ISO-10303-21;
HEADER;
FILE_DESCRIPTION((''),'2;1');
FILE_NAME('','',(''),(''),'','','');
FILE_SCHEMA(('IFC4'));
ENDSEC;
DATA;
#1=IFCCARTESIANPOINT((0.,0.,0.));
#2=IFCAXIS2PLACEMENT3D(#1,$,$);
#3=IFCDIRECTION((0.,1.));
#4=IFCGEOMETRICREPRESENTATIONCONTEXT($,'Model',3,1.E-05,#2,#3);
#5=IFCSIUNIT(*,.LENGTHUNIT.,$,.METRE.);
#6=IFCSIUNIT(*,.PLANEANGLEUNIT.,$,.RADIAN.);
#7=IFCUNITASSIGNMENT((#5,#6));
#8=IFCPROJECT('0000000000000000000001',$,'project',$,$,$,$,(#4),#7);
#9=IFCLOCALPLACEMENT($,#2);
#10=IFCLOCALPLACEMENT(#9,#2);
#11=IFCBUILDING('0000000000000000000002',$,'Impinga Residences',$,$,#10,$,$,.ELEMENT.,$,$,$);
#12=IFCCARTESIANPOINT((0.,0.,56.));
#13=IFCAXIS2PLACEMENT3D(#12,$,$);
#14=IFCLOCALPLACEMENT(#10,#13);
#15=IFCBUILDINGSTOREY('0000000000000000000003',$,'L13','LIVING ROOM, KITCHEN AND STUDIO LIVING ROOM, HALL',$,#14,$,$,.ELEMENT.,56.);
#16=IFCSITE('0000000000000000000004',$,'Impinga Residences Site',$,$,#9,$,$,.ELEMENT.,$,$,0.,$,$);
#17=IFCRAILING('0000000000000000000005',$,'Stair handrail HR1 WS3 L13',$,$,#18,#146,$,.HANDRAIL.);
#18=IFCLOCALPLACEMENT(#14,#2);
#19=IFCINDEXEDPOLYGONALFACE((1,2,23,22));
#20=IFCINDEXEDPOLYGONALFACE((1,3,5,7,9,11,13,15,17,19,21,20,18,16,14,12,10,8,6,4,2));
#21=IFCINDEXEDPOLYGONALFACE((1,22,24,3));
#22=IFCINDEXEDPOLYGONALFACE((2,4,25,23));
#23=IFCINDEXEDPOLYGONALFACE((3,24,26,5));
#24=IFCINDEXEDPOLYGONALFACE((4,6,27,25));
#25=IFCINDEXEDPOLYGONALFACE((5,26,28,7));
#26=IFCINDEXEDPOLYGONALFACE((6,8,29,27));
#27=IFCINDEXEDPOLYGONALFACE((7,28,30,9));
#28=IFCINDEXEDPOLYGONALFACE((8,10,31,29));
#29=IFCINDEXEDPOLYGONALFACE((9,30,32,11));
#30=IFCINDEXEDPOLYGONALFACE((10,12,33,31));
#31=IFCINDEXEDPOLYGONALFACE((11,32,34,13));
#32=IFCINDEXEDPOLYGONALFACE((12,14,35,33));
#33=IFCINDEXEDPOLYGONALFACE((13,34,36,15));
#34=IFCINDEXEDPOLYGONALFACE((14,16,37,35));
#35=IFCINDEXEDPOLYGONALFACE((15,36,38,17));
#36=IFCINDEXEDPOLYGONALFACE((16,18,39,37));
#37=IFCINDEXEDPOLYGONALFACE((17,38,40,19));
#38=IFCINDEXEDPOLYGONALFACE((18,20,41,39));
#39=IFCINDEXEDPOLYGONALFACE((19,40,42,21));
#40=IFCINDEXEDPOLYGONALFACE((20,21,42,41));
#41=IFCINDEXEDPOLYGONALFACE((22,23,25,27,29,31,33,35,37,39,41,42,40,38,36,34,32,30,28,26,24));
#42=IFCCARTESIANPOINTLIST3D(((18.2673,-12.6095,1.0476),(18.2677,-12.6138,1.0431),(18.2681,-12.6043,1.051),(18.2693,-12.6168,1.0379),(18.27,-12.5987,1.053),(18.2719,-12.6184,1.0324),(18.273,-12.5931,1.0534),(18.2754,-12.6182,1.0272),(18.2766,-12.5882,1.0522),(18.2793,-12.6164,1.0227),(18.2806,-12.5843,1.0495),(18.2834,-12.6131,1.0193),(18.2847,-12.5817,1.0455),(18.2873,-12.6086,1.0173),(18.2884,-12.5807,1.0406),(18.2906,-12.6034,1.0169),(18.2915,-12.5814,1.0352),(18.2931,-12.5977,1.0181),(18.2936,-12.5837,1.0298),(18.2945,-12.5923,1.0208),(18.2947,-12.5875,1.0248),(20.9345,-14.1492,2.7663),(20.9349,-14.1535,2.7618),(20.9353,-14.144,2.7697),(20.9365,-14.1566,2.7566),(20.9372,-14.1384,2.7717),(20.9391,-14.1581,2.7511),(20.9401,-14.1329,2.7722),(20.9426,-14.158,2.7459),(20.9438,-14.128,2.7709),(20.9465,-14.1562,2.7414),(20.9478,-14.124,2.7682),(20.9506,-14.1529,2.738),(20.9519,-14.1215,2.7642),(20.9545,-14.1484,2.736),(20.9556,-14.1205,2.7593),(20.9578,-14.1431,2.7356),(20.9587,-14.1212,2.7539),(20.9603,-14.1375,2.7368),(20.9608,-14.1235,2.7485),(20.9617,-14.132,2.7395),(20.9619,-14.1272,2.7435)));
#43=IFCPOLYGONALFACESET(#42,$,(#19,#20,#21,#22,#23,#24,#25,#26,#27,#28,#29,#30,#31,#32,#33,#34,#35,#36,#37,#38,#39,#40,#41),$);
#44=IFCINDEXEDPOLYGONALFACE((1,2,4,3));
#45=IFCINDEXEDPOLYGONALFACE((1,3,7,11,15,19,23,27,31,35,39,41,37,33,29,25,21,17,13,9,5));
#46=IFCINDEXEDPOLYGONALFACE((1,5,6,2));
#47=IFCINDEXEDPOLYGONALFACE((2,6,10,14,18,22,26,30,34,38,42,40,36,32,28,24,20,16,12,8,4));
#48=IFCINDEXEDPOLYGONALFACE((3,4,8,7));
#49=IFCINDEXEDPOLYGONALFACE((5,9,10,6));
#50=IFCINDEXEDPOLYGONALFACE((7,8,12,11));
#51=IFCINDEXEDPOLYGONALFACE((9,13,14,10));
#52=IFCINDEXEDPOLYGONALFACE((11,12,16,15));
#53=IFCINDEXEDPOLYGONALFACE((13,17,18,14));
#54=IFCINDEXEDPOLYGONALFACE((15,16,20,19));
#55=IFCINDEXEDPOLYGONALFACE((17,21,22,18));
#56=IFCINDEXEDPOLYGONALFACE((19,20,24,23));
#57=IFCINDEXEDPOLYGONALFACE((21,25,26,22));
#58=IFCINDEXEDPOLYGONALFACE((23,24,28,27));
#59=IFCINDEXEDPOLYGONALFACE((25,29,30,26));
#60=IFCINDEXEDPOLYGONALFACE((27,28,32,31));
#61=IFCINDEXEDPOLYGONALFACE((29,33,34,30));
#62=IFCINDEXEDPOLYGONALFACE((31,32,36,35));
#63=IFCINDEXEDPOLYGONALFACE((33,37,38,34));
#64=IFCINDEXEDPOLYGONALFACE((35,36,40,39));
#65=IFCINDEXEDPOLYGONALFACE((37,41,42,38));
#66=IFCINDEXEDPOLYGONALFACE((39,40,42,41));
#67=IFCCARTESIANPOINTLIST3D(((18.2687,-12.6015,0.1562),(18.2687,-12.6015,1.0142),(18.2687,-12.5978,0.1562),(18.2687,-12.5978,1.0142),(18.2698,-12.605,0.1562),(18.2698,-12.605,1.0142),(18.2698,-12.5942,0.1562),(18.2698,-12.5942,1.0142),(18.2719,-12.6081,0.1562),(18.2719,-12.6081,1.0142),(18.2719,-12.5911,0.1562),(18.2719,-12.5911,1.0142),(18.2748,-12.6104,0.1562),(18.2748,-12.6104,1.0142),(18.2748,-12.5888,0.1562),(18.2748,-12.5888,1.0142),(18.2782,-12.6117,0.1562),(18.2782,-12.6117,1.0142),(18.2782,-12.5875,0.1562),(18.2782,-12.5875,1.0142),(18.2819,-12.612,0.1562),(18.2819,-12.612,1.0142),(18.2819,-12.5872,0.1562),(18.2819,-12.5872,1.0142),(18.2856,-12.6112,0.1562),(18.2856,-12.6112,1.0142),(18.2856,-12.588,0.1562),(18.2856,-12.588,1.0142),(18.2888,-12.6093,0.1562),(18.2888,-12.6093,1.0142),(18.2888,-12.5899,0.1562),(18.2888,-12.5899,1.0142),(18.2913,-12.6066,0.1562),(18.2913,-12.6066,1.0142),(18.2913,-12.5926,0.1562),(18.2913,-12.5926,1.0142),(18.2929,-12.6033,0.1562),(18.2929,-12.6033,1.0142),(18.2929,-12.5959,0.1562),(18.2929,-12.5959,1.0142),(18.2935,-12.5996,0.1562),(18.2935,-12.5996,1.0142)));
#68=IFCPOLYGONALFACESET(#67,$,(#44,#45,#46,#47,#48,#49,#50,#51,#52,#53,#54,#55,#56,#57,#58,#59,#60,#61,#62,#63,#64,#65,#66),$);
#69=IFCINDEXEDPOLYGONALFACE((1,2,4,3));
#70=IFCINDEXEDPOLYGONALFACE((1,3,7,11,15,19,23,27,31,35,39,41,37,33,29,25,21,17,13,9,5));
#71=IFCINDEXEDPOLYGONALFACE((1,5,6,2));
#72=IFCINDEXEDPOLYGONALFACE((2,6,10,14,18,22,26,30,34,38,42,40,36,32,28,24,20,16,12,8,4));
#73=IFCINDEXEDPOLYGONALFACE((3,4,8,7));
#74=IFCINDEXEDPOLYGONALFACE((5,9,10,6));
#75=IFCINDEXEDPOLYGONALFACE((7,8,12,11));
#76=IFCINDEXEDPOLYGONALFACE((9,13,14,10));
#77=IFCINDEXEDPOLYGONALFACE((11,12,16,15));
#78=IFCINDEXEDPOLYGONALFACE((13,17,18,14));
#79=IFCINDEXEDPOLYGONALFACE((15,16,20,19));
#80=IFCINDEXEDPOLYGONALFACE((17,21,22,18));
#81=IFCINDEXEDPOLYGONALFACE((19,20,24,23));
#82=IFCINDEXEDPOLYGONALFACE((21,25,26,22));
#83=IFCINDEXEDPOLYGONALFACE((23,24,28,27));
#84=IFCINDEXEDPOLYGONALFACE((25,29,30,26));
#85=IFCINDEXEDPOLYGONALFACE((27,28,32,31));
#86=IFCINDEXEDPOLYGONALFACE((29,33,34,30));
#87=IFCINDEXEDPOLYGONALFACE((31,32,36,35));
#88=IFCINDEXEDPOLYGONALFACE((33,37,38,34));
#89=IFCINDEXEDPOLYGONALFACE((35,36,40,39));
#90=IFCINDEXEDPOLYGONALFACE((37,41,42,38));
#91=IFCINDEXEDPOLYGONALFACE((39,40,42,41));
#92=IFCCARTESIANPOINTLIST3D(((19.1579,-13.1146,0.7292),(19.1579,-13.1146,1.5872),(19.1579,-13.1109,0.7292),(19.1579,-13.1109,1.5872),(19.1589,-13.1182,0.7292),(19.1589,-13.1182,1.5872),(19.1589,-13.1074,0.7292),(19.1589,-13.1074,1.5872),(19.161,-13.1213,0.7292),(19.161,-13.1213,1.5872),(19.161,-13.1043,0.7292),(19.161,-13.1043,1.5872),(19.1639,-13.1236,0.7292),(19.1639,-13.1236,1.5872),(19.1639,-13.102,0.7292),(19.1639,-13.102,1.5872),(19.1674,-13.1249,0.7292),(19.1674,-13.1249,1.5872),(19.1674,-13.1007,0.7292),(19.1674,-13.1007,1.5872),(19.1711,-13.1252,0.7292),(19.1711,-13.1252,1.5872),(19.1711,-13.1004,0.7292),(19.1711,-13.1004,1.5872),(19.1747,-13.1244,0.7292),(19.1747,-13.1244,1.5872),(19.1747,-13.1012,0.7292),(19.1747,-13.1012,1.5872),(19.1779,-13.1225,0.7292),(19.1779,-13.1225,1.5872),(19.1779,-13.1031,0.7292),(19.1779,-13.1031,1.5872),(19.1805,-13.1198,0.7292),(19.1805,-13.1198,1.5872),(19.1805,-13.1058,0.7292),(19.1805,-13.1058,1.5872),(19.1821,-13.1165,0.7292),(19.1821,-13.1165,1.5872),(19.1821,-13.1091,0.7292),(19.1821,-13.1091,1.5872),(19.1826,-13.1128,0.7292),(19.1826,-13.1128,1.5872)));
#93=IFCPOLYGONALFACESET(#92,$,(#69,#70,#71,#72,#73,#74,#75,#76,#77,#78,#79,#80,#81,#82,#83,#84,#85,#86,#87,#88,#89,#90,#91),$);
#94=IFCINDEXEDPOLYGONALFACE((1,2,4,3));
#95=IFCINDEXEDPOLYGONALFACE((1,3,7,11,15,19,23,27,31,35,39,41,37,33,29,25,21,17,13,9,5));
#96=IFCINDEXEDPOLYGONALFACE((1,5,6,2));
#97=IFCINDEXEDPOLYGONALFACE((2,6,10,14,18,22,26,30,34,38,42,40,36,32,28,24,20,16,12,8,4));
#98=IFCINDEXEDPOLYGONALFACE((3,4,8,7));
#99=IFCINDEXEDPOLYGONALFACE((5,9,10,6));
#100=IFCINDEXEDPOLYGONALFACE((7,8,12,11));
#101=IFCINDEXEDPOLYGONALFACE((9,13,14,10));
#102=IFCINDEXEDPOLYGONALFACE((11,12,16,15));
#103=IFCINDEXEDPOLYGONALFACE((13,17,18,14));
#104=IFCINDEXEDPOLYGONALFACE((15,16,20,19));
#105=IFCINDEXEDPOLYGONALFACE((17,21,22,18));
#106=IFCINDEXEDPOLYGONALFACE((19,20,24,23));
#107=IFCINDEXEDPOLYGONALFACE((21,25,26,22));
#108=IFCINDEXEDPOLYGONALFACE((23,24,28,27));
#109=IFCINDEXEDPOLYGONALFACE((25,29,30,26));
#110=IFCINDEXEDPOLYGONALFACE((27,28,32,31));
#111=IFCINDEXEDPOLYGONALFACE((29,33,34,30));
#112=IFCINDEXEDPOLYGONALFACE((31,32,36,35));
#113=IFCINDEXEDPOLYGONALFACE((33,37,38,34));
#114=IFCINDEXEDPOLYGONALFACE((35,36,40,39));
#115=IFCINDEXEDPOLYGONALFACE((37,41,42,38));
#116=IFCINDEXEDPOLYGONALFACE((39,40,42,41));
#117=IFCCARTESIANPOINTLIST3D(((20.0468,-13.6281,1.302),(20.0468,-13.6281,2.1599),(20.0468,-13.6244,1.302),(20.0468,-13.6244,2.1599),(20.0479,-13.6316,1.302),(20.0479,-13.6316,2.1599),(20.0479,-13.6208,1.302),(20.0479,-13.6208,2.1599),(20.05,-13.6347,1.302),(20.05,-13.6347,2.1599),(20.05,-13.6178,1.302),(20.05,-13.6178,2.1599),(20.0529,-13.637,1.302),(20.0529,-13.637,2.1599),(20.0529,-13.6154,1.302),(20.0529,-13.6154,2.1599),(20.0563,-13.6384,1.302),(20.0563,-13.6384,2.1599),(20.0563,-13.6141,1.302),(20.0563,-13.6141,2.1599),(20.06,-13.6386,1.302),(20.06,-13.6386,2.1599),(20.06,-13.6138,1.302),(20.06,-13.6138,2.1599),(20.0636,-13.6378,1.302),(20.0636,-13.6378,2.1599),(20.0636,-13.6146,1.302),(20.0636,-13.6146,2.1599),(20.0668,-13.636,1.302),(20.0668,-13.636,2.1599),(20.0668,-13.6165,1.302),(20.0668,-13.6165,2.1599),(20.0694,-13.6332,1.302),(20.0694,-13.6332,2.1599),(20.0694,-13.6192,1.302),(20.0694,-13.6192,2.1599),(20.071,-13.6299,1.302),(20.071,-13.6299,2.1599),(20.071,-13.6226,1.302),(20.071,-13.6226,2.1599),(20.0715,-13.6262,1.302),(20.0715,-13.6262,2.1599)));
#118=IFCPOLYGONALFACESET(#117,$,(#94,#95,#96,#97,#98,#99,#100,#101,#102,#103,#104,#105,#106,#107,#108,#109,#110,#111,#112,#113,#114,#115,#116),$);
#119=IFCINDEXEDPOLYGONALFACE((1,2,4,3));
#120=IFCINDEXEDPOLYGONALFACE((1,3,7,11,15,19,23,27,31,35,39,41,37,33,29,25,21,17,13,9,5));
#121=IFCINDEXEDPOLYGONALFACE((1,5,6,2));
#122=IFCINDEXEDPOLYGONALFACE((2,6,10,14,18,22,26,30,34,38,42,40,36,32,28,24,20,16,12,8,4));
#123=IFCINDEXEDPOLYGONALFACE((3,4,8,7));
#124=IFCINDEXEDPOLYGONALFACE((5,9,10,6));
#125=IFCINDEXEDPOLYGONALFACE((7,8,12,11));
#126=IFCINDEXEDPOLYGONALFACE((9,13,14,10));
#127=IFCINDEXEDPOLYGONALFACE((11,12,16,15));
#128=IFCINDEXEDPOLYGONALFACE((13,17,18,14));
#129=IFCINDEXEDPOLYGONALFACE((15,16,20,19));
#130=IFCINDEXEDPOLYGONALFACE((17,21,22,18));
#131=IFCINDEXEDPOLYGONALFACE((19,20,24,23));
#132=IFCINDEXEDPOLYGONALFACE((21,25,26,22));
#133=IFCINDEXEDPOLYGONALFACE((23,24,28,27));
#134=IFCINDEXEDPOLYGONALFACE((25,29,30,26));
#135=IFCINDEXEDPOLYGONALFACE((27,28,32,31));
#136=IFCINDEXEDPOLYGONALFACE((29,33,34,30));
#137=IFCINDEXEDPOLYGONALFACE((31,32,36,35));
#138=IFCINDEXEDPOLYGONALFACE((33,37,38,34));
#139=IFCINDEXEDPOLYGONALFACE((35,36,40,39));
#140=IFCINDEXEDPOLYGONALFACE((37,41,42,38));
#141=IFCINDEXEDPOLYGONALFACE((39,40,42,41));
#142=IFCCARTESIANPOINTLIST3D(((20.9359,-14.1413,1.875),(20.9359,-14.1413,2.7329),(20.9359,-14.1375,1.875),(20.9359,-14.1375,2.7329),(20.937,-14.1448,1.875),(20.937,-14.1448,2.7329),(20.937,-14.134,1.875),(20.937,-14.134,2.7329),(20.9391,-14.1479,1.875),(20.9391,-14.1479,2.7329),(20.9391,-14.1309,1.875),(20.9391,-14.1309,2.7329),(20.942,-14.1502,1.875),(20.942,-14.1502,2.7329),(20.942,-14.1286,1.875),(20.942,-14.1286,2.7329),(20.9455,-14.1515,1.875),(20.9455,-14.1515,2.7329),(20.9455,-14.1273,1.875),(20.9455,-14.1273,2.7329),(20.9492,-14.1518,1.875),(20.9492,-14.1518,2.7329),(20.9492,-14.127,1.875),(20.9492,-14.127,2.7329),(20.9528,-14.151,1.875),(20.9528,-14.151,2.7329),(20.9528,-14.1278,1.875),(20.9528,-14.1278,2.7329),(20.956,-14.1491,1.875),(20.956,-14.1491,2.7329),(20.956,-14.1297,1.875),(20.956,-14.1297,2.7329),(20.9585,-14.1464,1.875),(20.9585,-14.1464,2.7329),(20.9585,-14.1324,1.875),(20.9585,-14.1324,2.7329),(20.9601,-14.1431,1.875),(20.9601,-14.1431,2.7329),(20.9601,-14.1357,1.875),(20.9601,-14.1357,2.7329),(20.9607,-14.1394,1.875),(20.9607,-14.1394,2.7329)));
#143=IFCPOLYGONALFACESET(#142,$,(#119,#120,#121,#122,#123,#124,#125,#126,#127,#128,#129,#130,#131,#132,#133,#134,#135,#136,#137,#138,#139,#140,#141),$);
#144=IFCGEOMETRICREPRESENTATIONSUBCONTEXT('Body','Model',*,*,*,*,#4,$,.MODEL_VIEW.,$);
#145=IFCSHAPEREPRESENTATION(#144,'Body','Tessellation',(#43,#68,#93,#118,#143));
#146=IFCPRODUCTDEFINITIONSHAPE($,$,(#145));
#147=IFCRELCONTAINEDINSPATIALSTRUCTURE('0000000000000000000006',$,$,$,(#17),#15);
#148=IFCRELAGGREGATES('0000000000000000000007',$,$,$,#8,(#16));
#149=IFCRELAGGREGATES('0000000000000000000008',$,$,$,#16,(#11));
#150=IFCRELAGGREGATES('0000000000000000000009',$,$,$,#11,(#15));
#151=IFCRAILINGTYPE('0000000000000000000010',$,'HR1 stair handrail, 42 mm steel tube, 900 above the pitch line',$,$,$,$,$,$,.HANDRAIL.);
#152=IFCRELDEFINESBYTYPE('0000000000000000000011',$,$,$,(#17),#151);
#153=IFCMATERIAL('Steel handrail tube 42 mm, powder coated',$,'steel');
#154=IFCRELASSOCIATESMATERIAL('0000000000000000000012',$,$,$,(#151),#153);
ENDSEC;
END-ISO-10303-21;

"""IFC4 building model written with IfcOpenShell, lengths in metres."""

from ifc_helpers import new_model, si_unit, direction, frame, origin, origin_2d, place, context, subcontext, project, spatial, circle, extrude, material, type_object, element, save


model = new_model("IFC4")

# Units and contexts
model_context = context("Model", 3, precision=1e-05, world=origin(), true_north=direction((0.0, 1.0)))
body_context = subcontext(model_context, "Body", "Model", "MODEL_VIEW")
ifc_project = project(units=[si_unit("LENGTHUNIT", "METRE"), si_unit("PLANEANGLEUNIT", "RADIAN")], contexts=[model_context])

# Site, building, storey
site_placement = place(None, origin())
site = spatial("IfcSite", under=ifc_project, at=site_placement, Name="Impinga Residences Site", CompositionType="ELEMENT", RefElevation=0.0)
building_placement = place(site_placement, origin())
building = spatial("IfcBuilding", under=site, at=building_placement, Name="Impinga Residences", CompositionType="ELEMENT")
storey_placement = place(building_placement, frame((0.0, 0.0, 56.0)))
storey = spatial("IfcBuildingStorey", under=building, at=storey_placement, Name="L13", Description="LIVING ROOM, KITCHEN AND STUDIO LIVING ROOM, HALL", CompositionType="ELEMENT", Elevation=56.0)

# Railing
ifc_material_1 = material(Name="Steel handrail tube 42 mm, powder coated", Category="steel")
railing_type_1 = type_object("IfcRailingType", Name="HR1 stair handrail, 42 mm steel tube, 900 above the pitch line", PredefinedType="HANDRAIL", material=ifc_material_1)
railing_1_placement = place(storey_placement, frame((18.281, -12.5996, 0.1562)))
element("IfcRailing", 1, at=railing_1_placement, inside=storey, type_object=railing_type_1, Name="Stair handrail HR1 WS3 L13", PredefinedType="HANDRAIL", context=body_context, shape_type="SweptSolid", body=[
    extrude(circle(Radius=0.021, at=origin_2d()), frame((0.0, 0.0, 0.8789), z_axis=(0.756249, -0.436582, 0.487322), x_axis=(0.499967, 0.866044, 0.0)), (0.0, 0.0, 1.0), 3.5269),
    extrude(circle(Radius=0.0125, at=origin_2d()), origin(), (0.0, 0.0, 1.0), 0.8579),
    extrude(circle(Radius=0.0125, at=origin_2d()), frame((0.8892, -0.5132, 0.573)), (0.0, 0.0, 1.0), 0.8579),
    extrude(circle(Radius=0.0125, at=origin_2d()), frame((1.7781, -1.0266, 1.1458)), (0.0, 0.0, 1.0), 0.8579),
    extrude(circle(Radius=0.0125, at=origin_2d()), frame((2.6672, -1.5398, 1.7188)), (0.0, 0.0, 1.0), 0.8579),
])

save(model, "model.ifc")
